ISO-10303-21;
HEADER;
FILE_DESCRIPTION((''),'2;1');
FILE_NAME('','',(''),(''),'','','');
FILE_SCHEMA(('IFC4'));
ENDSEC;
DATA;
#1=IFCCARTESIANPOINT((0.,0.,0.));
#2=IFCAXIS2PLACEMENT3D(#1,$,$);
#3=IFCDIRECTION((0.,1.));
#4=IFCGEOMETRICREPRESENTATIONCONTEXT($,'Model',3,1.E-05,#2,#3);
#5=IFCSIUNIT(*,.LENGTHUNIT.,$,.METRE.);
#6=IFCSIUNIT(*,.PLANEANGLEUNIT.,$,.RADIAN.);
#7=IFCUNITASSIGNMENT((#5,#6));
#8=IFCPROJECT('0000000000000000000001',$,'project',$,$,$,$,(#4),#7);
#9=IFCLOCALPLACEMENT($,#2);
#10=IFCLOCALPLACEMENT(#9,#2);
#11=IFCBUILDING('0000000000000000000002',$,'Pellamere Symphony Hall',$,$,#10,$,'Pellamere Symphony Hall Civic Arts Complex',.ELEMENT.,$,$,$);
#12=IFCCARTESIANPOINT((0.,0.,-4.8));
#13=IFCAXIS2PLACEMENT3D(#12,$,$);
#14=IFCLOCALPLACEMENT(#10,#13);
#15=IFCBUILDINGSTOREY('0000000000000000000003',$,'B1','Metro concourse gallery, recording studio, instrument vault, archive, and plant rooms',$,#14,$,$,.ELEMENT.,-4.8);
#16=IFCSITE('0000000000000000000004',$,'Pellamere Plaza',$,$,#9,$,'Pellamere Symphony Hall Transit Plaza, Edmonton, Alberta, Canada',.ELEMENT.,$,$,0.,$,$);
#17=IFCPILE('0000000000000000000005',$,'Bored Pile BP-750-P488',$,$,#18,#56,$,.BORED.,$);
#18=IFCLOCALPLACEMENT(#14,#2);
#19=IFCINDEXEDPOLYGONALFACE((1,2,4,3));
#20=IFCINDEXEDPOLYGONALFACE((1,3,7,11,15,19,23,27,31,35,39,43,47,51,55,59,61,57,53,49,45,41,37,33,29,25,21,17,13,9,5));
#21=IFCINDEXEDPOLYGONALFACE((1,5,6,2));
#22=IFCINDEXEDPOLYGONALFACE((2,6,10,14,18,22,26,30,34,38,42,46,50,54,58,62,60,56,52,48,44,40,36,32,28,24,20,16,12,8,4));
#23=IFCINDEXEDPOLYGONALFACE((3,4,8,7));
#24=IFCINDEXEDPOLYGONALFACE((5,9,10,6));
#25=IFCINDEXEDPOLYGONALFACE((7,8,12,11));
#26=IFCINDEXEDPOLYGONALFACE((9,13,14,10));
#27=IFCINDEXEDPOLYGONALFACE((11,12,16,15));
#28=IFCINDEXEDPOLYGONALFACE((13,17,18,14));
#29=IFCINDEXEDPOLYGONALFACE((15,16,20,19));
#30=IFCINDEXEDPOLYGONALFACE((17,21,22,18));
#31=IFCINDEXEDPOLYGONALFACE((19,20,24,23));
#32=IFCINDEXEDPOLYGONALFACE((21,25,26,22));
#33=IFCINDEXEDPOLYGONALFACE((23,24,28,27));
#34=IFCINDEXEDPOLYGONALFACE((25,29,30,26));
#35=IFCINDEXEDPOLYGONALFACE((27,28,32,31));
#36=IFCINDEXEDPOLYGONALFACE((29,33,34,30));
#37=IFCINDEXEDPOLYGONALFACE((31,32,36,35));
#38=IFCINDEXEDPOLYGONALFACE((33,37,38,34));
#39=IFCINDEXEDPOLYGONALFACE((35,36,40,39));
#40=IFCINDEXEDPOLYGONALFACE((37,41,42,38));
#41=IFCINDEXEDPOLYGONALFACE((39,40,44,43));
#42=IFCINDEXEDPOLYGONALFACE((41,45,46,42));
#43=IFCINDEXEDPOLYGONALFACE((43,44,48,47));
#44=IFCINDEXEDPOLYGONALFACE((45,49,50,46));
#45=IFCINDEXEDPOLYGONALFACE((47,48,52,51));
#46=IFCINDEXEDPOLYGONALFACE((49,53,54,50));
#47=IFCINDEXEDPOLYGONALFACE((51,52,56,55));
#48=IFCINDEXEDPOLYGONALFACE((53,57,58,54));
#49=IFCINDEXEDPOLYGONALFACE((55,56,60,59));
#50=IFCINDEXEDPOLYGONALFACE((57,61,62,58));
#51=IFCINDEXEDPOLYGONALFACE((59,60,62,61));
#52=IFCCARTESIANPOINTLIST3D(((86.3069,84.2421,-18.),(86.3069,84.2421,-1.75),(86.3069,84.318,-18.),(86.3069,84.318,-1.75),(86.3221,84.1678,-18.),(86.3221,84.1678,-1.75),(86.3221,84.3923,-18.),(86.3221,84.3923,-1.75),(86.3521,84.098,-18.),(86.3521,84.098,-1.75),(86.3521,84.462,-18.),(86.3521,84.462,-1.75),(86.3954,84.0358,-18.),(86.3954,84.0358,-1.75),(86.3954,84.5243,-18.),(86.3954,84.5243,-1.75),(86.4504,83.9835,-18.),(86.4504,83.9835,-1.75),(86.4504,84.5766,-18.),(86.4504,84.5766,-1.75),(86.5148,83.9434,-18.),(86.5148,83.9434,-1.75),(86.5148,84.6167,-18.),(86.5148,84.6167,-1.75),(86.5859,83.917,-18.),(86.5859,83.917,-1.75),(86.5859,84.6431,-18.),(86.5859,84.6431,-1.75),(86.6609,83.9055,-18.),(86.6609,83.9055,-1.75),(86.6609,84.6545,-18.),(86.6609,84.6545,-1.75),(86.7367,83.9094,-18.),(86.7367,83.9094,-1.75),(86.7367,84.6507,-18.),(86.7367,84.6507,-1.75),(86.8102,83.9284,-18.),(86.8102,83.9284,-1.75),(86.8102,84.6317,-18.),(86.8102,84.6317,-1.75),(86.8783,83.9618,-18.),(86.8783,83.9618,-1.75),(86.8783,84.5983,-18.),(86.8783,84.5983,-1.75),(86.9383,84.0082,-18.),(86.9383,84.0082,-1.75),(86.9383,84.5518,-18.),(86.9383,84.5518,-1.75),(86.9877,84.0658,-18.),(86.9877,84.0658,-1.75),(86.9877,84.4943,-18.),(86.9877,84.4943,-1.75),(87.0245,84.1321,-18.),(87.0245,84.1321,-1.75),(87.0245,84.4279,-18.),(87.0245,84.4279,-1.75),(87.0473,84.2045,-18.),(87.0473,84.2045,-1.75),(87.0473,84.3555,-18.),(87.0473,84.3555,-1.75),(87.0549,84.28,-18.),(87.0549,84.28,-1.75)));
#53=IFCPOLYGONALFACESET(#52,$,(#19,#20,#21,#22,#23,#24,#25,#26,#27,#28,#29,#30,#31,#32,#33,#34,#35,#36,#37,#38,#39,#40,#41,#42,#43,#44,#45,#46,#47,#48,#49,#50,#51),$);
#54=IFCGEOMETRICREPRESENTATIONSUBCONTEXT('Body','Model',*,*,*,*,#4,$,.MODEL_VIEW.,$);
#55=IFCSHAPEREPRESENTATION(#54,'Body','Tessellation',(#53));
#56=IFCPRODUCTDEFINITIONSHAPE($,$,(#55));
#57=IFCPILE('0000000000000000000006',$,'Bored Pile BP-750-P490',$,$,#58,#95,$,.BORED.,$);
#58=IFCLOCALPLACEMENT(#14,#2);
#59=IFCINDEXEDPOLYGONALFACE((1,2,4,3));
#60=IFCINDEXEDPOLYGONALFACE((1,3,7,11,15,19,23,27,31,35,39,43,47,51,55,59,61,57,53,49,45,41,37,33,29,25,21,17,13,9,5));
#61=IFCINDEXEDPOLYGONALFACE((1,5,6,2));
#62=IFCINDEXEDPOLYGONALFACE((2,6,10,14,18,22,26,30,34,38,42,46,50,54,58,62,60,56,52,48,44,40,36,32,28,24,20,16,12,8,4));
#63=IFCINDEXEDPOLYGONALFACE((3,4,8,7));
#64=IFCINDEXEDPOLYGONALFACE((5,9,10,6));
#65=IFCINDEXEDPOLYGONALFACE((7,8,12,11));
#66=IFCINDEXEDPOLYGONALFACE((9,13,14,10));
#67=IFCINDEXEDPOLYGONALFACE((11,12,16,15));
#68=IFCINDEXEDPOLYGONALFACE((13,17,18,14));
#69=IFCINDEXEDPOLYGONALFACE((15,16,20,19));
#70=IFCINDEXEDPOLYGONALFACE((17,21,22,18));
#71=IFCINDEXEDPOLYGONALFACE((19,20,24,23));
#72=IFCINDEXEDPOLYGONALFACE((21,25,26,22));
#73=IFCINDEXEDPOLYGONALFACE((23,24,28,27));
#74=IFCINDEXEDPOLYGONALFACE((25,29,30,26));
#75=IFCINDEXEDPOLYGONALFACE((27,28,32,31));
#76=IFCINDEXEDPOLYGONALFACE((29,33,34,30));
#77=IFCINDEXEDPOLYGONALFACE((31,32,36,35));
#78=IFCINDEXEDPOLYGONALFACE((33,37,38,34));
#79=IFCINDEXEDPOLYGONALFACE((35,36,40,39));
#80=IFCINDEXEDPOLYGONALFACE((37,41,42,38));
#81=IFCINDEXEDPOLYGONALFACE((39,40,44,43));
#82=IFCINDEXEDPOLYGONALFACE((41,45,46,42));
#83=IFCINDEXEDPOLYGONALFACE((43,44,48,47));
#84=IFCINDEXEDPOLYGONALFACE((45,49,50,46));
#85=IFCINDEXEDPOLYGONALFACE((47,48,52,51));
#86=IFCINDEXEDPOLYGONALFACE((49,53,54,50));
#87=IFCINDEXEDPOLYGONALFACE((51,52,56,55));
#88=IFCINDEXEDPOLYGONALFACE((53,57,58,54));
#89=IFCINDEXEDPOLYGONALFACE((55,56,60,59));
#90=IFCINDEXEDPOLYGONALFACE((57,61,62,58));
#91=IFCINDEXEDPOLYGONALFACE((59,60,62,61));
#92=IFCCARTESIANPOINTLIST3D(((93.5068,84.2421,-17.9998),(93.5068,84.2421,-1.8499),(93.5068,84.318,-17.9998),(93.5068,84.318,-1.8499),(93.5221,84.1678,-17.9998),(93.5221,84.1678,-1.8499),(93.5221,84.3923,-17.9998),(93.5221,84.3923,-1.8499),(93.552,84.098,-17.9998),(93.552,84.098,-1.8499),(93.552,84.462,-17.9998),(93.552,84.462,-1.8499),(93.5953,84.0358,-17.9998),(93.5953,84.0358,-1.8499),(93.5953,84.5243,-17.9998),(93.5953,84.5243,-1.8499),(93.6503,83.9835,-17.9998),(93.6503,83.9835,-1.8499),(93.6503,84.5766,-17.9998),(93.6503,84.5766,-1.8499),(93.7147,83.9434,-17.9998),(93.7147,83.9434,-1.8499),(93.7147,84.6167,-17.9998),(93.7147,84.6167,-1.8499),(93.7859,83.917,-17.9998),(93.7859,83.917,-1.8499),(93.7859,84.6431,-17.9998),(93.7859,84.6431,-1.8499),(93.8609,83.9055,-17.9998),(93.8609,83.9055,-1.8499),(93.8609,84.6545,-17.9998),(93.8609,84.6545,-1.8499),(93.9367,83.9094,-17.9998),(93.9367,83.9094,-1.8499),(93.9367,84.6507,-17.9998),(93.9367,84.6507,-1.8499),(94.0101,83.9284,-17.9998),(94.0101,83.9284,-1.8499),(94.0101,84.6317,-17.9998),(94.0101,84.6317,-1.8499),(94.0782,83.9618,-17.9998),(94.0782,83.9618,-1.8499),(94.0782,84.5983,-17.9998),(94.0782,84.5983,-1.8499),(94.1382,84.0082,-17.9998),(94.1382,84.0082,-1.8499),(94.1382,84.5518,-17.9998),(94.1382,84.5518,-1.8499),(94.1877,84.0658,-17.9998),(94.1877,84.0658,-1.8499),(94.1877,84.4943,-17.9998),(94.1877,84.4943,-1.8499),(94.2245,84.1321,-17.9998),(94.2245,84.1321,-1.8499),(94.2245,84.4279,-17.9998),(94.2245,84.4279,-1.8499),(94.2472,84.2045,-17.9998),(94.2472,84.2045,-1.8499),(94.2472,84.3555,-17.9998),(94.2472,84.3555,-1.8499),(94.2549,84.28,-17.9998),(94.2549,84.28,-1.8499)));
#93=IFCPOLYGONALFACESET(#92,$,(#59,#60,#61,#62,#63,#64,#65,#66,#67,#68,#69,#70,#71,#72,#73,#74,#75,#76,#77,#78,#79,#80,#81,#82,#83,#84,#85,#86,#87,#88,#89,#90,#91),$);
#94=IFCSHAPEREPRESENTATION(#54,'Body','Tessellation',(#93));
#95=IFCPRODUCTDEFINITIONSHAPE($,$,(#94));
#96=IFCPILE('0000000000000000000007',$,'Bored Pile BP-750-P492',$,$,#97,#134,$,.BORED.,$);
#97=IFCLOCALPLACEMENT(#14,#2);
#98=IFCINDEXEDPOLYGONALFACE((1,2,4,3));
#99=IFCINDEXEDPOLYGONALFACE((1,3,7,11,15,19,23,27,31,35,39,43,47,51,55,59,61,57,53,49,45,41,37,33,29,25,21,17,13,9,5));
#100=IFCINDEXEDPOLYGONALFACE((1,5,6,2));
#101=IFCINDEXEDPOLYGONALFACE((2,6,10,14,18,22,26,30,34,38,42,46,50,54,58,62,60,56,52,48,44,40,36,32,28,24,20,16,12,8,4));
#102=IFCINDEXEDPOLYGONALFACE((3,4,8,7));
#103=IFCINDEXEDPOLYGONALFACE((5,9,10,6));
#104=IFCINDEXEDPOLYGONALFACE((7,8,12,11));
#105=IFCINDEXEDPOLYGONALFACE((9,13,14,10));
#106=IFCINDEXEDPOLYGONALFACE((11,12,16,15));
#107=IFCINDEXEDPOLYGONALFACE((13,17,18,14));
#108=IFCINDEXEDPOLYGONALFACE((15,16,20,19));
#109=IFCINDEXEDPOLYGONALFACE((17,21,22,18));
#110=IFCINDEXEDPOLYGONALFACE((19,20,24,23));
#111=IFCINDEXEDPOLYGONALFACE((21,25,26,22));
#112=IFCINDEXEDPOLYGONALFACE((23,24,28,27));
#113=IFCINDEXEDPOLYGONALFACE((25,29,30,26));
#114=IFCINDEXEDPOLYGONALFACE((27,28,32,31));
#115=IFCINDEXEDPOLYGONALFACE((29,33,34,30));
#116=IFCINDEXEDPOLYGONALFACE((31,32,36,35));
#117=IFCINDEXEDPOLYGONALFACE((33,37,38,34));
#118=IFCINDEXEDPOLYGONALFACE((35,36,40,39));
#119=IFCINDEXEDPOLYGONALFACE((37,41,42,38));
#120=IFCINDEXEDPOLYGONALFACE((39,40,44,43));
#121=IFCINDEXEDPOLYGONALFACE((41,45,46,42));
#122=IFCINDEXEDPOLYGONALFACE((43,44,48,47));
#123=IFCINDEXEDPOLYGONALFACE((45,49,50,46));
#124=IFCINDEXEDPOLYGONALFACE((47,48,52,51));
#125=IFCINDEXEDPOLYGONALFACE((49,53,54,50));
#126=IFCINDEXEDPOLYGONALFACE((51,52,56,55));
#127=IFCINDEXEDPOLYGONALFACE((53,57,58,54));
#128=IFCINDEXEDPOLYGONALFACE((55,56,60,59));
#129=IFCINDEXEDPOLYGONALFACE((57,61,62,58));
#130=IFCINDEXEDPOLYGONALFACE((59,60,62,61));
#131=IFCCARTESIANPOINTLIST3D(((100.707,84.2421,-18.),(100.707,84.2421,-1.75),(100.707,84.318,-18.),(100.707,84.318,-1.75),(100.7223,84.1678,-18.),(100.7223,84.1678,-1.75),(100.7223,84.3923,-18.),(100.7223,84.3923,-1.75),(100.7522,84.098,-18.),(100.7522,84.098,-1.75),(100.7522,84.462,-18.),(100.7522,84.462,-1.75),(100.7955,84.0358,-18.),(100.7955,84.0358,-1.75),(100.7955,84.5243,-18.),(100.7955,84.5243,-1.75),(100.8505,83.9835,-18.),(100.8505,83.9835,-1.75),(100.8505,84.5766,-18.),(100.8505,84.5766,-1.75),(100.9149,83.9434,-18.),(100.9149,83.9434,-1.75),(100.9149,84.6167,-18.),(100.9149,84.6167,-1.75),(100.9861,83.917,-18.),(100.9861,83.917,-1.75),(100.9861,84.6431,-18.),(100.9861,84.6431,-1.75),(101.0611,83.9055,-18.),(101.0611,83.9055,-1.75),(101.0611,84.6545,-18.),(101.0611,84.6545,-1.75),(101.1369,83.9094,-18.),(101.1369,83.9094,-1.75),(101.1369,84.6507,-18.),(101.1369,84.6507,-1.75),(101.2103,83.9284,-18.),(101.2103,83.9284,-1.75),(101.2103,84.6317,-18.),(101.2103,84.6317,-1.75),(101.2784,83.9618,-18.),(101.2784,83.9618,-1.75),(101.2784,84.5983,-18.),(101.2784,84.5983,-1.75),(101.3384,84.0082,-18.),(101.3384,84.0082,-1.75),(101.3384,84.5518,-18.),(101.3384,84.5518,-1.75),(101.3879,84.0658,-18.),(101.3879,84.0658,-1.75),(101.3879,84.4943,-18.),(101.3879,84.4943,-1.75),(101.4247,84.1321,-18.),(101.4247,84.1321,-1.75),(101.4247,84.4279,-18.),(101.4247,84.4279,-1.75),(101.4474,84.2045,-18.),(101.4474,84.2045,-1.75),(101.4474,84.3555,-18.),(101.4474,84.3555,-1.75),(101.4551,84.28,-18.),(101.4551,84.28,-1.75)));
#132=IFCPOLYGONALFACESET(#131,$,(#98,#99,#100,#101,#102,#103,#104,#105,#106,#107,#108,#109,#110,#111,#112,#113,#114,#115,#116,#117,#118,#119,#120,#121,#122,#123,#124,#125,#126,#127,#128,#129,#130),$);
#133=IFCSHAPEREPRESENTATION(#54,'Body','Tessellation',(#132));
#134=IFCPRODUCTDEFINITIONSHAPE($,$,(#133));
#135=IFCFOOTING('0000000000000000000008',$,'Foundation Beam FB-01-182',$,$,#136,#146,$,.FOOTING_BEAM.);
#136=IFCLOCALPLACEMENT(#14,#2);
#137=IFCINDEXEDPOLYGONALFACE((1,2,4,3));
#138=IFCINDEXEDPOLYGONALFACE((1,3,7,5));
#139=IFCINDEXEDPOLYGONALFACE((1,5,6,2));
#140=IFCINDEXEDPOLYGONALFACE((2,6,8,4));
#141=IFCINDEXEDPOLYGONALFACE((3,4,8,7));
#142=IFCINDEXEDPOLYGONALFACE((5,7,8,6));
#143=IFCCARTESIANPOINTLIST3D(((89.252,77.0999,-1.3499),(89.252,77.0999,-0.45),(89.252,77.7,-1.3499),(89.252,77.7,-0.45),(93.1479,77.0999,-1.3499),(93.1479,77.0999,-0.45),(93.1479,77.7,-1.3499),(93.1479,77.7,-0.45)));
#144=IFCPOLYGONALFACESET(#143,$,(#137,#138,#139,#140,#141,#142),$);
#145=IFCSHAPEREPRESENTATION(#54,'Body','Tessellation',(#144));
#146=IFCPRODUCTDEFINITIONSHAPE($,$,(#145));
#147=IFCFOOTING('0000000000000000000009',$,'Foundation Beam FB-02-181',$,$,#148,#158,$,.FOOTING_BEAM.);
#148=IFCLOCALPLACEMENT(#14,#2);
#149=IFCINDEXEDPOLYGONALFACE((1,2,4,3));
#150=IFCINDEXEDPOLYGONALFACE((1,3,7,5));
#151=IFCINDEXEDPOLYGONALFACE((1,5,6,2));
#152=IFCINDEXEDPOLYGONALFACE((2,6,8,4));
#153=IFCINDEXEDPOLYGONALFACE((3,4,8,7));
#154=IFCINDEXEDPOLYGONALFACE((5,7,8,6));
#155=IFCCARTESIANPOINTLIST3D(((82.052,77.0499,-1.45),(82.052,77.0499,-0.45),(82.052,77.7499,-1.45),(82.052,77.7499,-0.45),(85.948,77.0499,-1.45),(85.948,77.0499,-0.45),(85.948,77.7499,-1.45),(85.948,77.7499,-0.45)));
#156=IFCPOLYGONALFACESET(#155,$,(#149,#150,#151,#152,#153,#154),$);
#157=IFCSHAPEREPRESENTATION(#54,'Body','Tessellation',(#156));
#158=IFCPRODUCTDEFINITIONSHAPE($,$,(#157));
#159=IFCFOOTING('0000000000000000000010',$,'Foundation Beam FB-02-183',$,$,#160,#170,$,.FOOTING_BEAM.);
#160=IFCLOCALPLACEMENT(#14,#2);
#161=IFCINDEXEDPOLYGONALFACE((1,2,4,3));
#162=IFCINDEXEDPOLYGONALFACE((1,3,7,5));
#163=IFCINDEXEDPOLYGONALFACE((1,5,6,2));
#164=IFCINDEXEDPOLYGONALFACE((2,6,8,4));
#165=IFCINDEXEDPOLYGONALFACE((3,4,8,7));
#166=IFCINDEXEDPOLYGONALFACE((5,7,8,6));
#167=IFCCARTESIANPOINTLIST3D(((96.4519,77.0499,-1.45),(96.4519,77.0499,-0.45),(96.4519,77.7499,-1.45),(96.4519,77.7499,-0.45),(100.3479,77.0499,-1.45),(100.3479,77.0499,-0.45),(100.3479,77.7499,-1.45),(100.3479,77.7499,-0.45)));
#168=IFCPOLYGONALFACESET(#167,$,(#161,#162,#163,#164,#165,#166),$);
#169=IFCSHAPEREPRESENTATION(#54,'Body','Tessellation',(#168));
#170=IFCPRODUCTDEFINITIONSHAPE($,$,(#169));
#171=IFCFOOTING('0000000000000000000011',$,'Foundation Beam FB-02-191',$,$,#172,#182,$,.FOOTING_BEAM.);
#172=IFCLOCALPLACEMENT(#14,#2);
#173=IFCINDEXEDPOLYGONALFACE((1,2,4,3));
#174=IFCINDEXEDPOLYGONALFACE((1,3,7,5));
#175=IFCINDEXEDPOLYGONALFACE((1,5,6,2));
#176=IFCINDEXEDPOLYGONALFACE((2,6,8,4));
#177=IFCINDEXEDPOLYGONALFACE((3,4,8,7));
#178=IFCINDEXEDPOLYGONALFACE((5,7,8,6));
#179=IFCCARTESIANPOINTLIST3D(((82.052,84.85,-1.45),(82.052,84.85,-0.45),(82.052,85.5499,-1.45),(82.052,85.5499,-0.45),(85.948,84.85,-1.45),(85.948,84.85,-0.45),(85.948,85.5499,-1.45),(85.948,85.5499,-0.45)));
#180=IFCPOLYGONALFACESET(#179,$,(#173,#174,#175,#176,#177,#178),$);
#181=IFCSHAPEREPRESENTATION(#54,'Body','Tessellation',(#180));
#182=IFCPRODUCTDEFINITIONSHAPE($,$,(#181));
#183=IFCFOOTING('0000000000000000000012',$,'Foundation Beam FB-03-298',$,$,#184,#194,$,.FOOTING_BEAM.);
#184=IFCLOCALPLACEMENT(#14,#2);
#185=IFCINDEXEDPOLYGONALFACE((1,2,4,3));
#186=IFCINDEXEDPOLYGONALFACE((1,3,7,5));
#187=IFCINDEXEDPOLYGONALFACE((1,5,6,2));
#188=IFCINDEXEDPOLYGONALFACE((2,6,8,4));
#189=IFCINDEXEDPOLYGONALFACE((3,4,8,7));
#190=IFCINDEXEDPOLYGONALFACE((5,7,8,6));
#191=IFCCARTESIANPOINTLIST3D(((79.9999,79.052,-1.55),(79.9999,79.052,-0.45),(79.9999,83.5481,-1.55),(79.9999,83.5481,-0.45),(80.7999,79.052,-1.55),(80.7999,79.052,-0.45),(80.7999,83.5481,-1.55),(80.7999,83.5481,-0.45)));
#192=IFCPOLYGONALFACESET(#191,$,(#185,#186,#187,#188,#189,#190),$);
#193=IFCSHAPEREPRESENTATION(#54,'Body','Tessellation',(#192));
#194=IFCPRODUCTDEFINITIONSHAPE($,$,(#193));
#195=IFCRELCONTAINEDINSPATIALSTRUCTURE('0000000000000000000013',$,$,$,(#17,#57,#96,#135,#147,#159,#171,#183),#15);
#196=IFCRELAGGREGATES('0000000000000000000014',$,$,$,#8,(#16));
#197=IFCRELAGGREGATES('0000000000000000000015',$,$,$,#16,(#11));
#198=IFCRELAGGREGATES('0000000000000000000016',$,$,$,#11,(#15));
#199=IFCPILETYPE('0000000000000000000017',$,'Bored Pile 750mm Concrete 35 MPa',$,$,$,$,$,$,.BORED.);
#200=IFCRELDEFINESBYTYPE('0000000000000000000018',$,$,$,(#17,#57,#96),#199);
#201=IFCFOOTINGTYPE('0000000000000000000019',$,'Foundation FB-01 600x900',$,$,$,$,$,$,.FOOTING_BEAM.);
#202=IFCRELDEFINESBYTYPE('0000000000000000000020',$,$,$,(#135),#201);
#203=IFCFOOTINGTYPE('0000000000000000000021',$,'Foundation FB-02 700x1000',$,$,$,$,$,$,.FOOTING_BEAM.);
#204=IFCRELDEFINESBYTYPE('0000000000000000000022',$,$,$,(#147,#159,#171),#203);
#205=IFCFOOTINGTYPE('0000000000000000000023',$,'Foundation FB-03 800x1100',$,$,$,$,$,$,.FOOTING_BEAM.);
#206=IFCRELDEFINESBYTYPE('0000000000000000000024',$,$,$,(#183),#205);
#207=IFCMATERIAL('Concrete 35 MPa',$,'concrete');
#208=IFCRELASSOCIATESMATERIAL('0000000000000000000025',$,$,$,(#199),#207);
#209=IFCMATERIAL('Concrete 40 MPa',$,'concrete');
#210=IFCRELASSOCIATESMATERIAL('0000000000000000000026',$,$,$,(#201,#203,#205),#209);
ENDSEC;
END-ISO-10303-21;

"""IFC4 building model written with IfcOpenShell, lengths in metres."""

from ifc_helpers import new_model, si_unit, direction, frame, origin, origin_2d, place, context, subcontext, project, spatial, rectangle, circle, extrude, material, material_profile, profile_set, type_object, element, save


model = new_model("IFC4")

# Units and contexts
model_context = context("Model", 3, precision=1e-05, world=origin(), true_north=direction((0.0, 1.0)))
body_context = subcontext(model_context, "Body", "Model", "MODEL_VIEW")
ifc_project = project(units=[si_unit("LENGTHUNIT", "METRE"), si_unit("PLANEANGLEUNIT", "RADIAN")], contexts=[model_context])

# Site, building, storey
site_placement = place(None, origin())
site = spatial("IfcSite", under=ifc_project, at=site_placement, Name="Pellamere Plaza", LongName="Pellamere Symphony Hall Transit Plaza, Edmonton, Alberta, Canada", CompositionType="ELEMENT", RefElevation=0.0)
building_placement = place(site_placement, origin())
building = spatial("IfcBuilding", under=site, at=building_placement, Name="Pellamere Symphony Hall", LongName="Pellamere Symphony Hall Civic Arts Complex", CompositionType="ELEMENT")
storey_placement = place(building_placement, frame((0.0, 0.0, -4.8)))
storey = spatial("IfcBuildingStorey", under=building, at=storey_placement, Name="B1", Description="Metro concourse gallery, recording studio, instrument vault, archive, and plant rooms", CompositionType="ELEMENT", Elevation=-4.8)

# Piles
ifc_material_1 = material(Name="Concrete 35 MPa", Category="concrete")
ifc_material_profile_1 = material_profile(ifc_material_1, circle(Radius=0.375, at=origin_2d()), Name="PILE D750")
ifc_profile_set_1 = profile_set([ifc_material_profile_1], Name="Concrete 35 MPa")
pile_type = type_object("IfcPileType", Name="Bored Pile 750mm Concrete 35 MPa", PredefinedType="BORED", material=ifc_profile_set_1)
pile_1_placement = place(storey_placement, frame((86.6799, 84.28, -1.75), z_axis=(0.0, 0.0, -1.0), x_axis=(1.0, 0.0, 0.0)))
element("IfcPile", 1, at=pile_1_placement, inside=storey, type_object=pile_type, Name="Bored Pile BP-750-P488", PredefinedType="BORED", context=body_context, shape_type="SweptSolid", body=[
    extrude(circle(Radius=0.375, at=origin_2d()), origin(), (0.0, 0.0, 1.0), 16.25),
])
pile_2_placement = place(storey_placement, frame((93.8799, 84.28, -1.8499), z_axis=(0.0, 0.0, -1.0), x_axis=(1.0, 0.0, 0.0)))
element("IfcPile", 2, at=pile_2_placement, inside=storey, type_object=pile_type, Name="Bored Pile BP-750-P490", PredefinedType="BORED", context=body_context, shape_type="SweptSolid", body=[
    extrude(circle(Radius=0.375, at=origin_2d()), origin(), (0.0, 0.0, 1.0), 16.1499),
])
pile_3_placement = place(storey_placement, frame((101.0801, 84.28, -1.75), z_axis=(0.0, 0.0, -1.0), x_axis=(1.0, 0.0, 0.0)))
element("IfcPile", 3, at=pile_3_placement, inside=storey, type_object=pile_type, Name="Bored Pile BP-750-P492", PredefinedType="BORED", context=body_context, shape_type="SweptSolid", body=[
    extrude(circle(Radius=0.375, at=origin_2d()), origin(), (0.0, 0.0, 1.0), 16.25),
])

# Footings
ifc_material_2 = material(Name="Concrete 40 MPa", Category="concrete")
ifc_material_profile_2 = material_profile(ifc_material_2, rectangle(XDim=0.6001, YDim=0.8999, at=origin_2d()), Name="RC 600x900")
ifc_profile_set_2 = profile_set([ifc_material_profile_2], Name="Concrete 40 MPa")
footing_type_1 = type_object("IfcFootingType", Name="Foundation FB-01 600x900", PredefinedType="FOOTING_BEAM", material=ifc_profile_set_2)
footing_placement = place(storey_placement, frame((89.252, 77.3999, -0.8999), z_axis=(1.0, 0.0, 0.0), x_axis=(0.0, 1.0, 0.0)))
element("IfcFooting", 4, at=footing_placement, inside=storey, type_object=footing_type_1, Name="Foundation Beam FB-01-182", PredefinedType="FOOTING_BEAM", context=body_context, shape_type="SweptSolid", body=[
    extrude(rectangle(XDim=0.6001, YDim=0.8999, at=origin_2d()), origin(), (0.0, 0.0, 1.0), 3.896),
])
ifc_material_profile_3 = material_profile(ifc_material_2, rectangle(XDim=0.7, YDim=1.0, at=origin_2d()), Name="RC 700x1000")
ifc_profile_set_3 = profile_set([ifc_material_profile_3], Name="Concrete 40 MPa")
footing_type_2 = type_object("IfcFootingType", Name="Foundation FB-02 700x1000", PredefinedType="FOOTING_BEAM", material=ifc_profile_set_3)
for number, where, z_axis, x_axis, name in (
    (5, (82.052, 77.3999, -0.95), (1.0, 0.0, 0.0), (0.0, 1.0, 0.0), "Foundation Beam FB-02-181"),
    (6, (96.4519, 77.3999, -0.95), (1.0, 0.0, 0.0), (0.0, 1.0, 0.0), "Foundation Beam FB-02-183"),
    (7, (82.052, 85.2, -0.95), (1.0, 0.0, 0.0), (0.0, 1.0, 0.0), "Foundation Beam FB-02-191"),
):
    element("IfcFooting", number, at=place(storey_placement, frame(where, z_axis=z_axis, x_axis=x_axis)), inside=storey, type_object=footing_type_2, Name=name, PredefinedType="FOOTING_BEAM", context=body_context, shape_type="SweptSolid", body=[
        extrude(rectangle(XDim=0.7, YDim=1.0, at=origin_2d()), origin(), (0.0, 0.0, 1.0), 3.896),
    ])
ifc_material_profile_4 = material_profile(ifc_material_2, rectangle(XDim=0.8, YDim=1.1001, at=origin_2d()), Name="RC 800x1100")
ifc_profile_set_4 = profile_set([ifc_material_profile_4], Name="Concrete 40 MPa")
footing_type_3 = type_object("IfcFootingType", Name="Foundation FB-03 800x1100", PredefinedType="FOOTING_BEAM", material=ifc_profile_set_4)
for number, where, z_axis, x_axis, name in (
    (8, (80.3999, 79.052, -1.0), (0.0, 1.0, 0.0), (-1.0, 0.0, 0.0), "Foundation Beam FB-03-298"),
):
    element("IfcFooting", number, at=place(storey_placement, frame(where, z_axis=z_axis, x_axis=x_axis)), inside=storey, type_object=footing_type_3, Name=name, PredefinedType="FOOTING_BEAM", context=body_context, shape_type="SweptSolid", body=[
        extrude(rectangle(XDim=0.8, YDim=1.1001, at=origin_2d()), origin(), (0.0, 0.0, 1.0), 4.4961),
    ])

save(model, "model.ifc")
